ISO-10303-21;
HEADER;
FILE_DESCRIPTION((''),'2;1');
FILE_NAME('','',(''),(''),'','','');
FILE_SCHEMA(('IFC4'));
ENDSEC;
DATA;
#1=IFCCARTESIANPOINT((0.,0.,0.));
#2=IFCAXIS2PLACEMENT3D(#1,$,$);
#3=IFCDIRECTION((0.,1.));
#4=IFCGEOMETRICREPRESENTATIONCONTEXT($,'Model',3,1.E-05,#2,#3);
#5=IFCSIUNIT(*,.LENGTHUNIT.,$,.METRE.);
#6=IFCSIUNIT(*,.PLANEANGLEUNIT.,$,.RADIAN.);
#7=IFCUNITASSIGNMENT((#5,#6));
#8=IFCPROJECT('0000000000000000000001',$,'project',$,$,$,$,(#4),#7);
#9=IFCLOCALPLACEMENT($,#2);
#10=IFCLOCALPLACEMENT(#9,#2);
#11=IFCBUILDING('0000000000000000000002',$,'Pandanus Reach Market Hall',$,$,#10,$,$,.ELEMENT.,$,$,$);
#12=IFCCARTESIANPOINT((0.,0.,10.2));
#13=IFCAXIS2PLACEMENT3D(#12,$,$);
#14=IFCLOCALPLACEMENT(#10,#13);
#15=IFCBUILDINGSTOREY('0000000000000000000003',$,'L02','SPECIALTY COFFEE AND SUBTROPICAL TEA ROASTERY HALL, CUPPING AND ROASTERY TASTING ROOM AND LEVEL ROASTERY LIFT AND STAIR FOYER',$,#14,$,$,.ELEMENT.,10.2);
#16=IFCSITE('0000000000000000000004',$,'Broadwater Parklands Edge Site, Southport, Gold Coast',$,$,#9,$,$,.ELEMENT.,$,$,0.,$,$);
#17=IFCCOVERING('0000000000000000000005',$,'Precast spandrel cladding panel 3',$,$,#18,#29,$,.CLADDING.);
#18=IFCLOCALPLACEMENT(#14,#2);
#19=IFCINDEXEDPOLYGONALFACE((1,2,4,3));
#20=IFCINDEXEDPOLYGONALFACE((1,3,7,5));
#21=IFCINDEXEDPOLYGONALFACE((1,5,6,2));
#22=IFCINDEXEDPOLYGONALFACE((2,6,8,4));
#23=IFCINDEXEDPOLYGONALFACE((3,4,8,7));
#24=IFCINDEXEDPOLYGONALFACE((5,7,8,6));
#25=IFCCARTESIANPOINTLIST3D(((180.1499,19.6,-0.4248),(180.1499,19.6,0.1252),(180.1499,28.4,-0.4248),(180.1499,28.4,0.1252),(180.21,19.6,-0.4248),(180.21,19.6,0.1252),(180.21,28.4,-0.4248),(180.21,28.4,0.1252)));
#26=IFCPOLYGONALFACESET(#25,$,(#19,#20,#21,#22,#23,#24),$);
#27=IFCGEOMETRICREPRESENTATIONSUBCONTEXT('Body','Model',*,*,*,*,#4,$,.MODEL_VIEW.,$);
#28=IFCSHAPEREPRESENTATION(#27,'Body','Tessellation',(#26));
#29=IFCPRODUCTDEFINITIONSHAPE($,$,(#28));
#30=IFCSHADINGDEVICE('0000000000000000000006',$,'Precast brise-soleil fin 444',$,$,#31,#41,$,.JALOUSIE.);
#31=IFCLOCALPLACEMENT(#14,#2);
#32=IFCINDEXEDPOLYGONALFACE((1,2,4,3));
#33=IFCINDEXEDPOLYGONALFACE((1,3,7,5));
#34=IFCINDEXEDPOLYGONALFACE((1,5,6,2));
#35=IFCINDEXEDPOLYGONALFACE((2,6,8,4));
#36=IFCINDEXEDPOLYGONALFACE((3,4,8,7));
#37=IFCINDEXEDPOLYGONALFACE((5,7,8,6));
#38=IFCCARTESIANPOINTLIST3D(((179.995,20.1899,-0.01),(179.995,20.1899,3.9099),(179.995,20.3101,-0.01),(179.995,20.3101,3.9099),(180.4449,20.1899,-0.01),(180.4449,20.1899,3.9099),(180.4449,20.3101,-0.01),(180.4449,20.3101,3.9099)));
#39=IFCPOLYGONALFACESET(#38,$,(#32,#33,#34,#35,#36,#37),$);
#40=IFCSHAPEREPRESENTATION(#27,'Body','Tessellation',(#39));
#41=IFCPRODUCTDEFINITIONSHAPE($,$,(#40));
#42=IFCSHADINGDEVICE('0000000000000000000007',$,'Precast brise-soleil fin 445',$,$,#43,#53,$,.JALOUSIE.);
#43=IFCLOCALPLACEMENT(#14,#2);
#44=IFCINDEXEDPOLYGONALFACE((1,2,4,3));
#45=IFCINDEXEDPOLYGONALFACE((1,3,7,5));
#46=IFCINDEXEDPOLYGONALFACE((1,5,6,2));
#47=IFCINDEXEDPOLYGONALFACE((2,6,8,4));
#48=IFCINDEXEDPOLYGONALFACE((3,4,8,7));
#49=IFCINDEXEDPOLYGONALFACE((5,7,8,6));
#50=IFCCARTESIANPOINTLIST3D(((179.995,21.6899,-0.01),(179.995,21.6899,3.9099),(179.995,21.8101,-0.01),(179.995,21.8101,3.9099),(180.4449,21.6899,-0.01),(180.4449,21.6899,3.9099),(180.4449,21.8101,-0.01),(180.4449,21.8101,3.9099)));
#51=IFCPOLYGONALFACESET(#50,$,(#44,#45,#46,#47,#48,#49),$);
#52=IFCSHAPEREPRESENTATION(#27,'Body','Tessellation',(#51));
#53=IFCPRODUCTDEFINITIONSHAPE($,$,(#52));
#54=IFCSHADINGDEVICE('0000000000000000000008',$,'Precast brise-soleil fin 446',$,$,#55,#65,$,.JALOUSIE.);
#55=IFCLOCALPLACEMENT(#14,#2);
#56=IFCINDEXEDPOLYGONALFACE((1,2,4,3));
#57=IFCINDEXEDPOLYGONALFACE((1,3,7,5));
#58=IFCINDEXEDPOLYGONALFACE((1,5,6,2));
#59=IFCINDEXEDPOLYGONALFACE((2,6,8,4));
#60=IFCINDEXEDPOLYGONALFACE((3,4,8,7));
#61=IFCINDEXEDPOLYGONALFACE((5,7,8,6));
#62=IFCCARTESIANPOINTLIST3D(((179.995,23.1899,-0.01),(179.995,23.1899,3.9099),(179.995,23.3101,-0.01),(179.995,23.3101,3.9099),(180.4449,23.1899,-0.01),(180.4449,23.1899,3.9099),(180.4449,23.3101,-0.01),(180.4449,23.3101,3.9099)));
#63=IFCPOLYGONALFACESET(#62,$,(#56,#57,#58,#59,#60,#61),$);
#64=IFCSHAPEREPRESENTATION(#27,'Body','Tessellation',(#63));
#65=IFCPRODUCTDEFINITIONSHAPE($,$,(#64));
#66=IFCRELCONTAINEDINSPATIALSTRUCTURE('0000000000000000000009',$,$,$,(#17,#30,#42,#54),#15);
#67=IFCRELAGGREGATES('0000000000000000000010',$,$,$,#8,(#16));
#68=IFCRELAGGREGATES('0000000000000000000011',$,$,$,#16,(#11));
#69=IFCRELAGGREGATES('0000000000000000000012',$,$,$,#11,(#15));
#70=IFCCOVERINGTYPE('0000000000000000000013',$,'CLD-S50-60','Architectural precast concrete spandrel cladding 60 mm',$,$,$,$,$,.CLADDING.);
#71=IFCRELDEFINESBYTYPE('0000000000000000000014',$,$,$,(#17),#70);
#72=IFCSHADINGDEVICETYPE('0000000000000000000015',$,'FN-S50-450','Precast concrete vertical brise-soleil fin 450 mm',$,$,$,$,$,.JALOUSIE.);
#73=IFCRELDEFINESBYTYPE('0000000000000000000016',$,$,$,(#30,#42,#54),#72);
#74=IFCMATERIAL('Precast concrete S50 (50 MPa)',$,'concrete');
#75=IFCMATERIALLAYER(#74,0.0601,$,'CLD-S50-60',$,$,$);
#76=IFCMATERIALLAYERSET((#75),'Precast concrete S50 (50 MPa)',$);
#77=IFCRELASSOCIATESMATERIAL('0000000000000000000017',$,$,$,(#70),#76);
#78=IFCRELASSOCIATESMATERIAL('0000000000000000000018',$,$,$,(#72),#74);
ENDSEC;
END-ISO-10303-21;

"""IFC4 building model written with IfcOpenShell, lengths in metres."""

from ifc_helpers import new_model, si_unit, direction, frame, origin, origin_2d, place, context, subcontext, project, spatial, rectangle, extrude, material, layer, layer_set, type_object, element, save


model = new_model("IFC4")

# Units and contexts
model_context = context("Model", 3, precision=1e-05, world=origin(), true_north=direction((0.0, 1.0)))
body_context = subcontext(model_context, "Body", "Model", "MODEL_VIEW")
ifc_project = project(units=[si_unit("LENGTHUNIT", "METRE"), si_unit("PLANEANGLEUNIT", "RADIAN")], contexts=[model_context])

# Site, building, storey
site_placement = place(None, origin())
site = spatial("IfcSite", under=ifc_project, at=site_placement, Name="Broadwater Parklands Edge Site, Southport, Gold Coast", CompositionType="ELEMENT", RefElevation=0.0)
building_placement = place(site_placement, origin())
building = spatial("IfcBuilding", under=site, at=building_placement, Name="Pandanus Reach Market Hall", CompositionType="ELEMENT")
storey_placement = place(building_placement, frame((0.0, 0.0, 10.2)))
storey = spatial("IfcBuildingStorey", under=building, at=storey_placement, Name="L02", Description="SPECIALTY COFFEE AND SUBTROPICAL TEA ROASTERY HALL, CUPPING AND ROASTERY TASTING ROOM AND LEVEL ROASTERY LIFT AND STAIR FOYER", CompositionType="ELEMENT", Elevation=10.2)

# Covering
ifc_material_1 = material(Name="Precast concrete S50 (50 MPa)", Category="concrete")
ifc_layer_1 = layer(ifc_material_1, 0.0601, Name="CLD-S50-60")
ifc_layer_set_1 = layer_set([ifc_layer_1], Name="Precast concrete S50 (50 MPa)")
covering_type = type_object("IfcCoveringType", Name="CLD-S50-60", Description="Architectural precast concrete spandrel cladding 60 mm", PredefinedType="CLADDING", material=ifc_layer_set_1)
covering_placement = place(storey_placement, frame((180.1799, 24.0, -0.4248), z_axis=(0.0, 0.0, 1.0), x_axis=(0.0, 1.0, 0.0)))
element("IfcCovering", 1, at=covering_placement, inside=storey, type_object=covering_type, Name="Precast spandrel cladding panel 3", PredefinedType="CLADDING", context=body_context, shape_type="SweptSolid", body=[
    extrude(rectangle(XDim=8.8, YDim=0.0601, at=origin_2d()), origin(), (0.0, 0.0, 1.0), 0.55),
])

# Shading devices
shading_device_type = type_object("IfcShadingDeviceType", Name="FN-S50-450", Description="Precast concrete vertical brise-soleil fin 450 mm", PredefinedType="JALOUSIE", material=ifc_material_1)
for number, where, z_axis, x_axis, name in (
    (2, (180.22, 20.25, -0.01), (0.0, 0.0, 1.0), (1.0, 0.0, 0.0), "Precast brise-soleil fin 444"),
    (3, (180.22, 21.75, -0.01), (0.0, 0.0, 1.0), (1.0, 0.0, 0.0), "Precast brise-soleil fin 445"),
    (4, (180.22, 23.25, -0.01), (0.0, 0.0, 1.0), (1.0, 0.0, 0.0), "Precast brise-soleil fin 446"),
):
    element("IfcShadingDevice", number, at=place(storey_placement, frame(where, z_axis=z_axis, x_axis=x_axis)), inside=storey, type_object=shading_device_type, Name=name, PredefinedType="JALOUSIE", context=body_context, shape_type="SweptSolid", body=[
        extrude(rectangle(XDim=0.45, YDim=0.1201, at=origin_2d()), origin(), (0.0, 0.0, 1.0), 3.9199),
    ])

save(model, "model.ifc")
